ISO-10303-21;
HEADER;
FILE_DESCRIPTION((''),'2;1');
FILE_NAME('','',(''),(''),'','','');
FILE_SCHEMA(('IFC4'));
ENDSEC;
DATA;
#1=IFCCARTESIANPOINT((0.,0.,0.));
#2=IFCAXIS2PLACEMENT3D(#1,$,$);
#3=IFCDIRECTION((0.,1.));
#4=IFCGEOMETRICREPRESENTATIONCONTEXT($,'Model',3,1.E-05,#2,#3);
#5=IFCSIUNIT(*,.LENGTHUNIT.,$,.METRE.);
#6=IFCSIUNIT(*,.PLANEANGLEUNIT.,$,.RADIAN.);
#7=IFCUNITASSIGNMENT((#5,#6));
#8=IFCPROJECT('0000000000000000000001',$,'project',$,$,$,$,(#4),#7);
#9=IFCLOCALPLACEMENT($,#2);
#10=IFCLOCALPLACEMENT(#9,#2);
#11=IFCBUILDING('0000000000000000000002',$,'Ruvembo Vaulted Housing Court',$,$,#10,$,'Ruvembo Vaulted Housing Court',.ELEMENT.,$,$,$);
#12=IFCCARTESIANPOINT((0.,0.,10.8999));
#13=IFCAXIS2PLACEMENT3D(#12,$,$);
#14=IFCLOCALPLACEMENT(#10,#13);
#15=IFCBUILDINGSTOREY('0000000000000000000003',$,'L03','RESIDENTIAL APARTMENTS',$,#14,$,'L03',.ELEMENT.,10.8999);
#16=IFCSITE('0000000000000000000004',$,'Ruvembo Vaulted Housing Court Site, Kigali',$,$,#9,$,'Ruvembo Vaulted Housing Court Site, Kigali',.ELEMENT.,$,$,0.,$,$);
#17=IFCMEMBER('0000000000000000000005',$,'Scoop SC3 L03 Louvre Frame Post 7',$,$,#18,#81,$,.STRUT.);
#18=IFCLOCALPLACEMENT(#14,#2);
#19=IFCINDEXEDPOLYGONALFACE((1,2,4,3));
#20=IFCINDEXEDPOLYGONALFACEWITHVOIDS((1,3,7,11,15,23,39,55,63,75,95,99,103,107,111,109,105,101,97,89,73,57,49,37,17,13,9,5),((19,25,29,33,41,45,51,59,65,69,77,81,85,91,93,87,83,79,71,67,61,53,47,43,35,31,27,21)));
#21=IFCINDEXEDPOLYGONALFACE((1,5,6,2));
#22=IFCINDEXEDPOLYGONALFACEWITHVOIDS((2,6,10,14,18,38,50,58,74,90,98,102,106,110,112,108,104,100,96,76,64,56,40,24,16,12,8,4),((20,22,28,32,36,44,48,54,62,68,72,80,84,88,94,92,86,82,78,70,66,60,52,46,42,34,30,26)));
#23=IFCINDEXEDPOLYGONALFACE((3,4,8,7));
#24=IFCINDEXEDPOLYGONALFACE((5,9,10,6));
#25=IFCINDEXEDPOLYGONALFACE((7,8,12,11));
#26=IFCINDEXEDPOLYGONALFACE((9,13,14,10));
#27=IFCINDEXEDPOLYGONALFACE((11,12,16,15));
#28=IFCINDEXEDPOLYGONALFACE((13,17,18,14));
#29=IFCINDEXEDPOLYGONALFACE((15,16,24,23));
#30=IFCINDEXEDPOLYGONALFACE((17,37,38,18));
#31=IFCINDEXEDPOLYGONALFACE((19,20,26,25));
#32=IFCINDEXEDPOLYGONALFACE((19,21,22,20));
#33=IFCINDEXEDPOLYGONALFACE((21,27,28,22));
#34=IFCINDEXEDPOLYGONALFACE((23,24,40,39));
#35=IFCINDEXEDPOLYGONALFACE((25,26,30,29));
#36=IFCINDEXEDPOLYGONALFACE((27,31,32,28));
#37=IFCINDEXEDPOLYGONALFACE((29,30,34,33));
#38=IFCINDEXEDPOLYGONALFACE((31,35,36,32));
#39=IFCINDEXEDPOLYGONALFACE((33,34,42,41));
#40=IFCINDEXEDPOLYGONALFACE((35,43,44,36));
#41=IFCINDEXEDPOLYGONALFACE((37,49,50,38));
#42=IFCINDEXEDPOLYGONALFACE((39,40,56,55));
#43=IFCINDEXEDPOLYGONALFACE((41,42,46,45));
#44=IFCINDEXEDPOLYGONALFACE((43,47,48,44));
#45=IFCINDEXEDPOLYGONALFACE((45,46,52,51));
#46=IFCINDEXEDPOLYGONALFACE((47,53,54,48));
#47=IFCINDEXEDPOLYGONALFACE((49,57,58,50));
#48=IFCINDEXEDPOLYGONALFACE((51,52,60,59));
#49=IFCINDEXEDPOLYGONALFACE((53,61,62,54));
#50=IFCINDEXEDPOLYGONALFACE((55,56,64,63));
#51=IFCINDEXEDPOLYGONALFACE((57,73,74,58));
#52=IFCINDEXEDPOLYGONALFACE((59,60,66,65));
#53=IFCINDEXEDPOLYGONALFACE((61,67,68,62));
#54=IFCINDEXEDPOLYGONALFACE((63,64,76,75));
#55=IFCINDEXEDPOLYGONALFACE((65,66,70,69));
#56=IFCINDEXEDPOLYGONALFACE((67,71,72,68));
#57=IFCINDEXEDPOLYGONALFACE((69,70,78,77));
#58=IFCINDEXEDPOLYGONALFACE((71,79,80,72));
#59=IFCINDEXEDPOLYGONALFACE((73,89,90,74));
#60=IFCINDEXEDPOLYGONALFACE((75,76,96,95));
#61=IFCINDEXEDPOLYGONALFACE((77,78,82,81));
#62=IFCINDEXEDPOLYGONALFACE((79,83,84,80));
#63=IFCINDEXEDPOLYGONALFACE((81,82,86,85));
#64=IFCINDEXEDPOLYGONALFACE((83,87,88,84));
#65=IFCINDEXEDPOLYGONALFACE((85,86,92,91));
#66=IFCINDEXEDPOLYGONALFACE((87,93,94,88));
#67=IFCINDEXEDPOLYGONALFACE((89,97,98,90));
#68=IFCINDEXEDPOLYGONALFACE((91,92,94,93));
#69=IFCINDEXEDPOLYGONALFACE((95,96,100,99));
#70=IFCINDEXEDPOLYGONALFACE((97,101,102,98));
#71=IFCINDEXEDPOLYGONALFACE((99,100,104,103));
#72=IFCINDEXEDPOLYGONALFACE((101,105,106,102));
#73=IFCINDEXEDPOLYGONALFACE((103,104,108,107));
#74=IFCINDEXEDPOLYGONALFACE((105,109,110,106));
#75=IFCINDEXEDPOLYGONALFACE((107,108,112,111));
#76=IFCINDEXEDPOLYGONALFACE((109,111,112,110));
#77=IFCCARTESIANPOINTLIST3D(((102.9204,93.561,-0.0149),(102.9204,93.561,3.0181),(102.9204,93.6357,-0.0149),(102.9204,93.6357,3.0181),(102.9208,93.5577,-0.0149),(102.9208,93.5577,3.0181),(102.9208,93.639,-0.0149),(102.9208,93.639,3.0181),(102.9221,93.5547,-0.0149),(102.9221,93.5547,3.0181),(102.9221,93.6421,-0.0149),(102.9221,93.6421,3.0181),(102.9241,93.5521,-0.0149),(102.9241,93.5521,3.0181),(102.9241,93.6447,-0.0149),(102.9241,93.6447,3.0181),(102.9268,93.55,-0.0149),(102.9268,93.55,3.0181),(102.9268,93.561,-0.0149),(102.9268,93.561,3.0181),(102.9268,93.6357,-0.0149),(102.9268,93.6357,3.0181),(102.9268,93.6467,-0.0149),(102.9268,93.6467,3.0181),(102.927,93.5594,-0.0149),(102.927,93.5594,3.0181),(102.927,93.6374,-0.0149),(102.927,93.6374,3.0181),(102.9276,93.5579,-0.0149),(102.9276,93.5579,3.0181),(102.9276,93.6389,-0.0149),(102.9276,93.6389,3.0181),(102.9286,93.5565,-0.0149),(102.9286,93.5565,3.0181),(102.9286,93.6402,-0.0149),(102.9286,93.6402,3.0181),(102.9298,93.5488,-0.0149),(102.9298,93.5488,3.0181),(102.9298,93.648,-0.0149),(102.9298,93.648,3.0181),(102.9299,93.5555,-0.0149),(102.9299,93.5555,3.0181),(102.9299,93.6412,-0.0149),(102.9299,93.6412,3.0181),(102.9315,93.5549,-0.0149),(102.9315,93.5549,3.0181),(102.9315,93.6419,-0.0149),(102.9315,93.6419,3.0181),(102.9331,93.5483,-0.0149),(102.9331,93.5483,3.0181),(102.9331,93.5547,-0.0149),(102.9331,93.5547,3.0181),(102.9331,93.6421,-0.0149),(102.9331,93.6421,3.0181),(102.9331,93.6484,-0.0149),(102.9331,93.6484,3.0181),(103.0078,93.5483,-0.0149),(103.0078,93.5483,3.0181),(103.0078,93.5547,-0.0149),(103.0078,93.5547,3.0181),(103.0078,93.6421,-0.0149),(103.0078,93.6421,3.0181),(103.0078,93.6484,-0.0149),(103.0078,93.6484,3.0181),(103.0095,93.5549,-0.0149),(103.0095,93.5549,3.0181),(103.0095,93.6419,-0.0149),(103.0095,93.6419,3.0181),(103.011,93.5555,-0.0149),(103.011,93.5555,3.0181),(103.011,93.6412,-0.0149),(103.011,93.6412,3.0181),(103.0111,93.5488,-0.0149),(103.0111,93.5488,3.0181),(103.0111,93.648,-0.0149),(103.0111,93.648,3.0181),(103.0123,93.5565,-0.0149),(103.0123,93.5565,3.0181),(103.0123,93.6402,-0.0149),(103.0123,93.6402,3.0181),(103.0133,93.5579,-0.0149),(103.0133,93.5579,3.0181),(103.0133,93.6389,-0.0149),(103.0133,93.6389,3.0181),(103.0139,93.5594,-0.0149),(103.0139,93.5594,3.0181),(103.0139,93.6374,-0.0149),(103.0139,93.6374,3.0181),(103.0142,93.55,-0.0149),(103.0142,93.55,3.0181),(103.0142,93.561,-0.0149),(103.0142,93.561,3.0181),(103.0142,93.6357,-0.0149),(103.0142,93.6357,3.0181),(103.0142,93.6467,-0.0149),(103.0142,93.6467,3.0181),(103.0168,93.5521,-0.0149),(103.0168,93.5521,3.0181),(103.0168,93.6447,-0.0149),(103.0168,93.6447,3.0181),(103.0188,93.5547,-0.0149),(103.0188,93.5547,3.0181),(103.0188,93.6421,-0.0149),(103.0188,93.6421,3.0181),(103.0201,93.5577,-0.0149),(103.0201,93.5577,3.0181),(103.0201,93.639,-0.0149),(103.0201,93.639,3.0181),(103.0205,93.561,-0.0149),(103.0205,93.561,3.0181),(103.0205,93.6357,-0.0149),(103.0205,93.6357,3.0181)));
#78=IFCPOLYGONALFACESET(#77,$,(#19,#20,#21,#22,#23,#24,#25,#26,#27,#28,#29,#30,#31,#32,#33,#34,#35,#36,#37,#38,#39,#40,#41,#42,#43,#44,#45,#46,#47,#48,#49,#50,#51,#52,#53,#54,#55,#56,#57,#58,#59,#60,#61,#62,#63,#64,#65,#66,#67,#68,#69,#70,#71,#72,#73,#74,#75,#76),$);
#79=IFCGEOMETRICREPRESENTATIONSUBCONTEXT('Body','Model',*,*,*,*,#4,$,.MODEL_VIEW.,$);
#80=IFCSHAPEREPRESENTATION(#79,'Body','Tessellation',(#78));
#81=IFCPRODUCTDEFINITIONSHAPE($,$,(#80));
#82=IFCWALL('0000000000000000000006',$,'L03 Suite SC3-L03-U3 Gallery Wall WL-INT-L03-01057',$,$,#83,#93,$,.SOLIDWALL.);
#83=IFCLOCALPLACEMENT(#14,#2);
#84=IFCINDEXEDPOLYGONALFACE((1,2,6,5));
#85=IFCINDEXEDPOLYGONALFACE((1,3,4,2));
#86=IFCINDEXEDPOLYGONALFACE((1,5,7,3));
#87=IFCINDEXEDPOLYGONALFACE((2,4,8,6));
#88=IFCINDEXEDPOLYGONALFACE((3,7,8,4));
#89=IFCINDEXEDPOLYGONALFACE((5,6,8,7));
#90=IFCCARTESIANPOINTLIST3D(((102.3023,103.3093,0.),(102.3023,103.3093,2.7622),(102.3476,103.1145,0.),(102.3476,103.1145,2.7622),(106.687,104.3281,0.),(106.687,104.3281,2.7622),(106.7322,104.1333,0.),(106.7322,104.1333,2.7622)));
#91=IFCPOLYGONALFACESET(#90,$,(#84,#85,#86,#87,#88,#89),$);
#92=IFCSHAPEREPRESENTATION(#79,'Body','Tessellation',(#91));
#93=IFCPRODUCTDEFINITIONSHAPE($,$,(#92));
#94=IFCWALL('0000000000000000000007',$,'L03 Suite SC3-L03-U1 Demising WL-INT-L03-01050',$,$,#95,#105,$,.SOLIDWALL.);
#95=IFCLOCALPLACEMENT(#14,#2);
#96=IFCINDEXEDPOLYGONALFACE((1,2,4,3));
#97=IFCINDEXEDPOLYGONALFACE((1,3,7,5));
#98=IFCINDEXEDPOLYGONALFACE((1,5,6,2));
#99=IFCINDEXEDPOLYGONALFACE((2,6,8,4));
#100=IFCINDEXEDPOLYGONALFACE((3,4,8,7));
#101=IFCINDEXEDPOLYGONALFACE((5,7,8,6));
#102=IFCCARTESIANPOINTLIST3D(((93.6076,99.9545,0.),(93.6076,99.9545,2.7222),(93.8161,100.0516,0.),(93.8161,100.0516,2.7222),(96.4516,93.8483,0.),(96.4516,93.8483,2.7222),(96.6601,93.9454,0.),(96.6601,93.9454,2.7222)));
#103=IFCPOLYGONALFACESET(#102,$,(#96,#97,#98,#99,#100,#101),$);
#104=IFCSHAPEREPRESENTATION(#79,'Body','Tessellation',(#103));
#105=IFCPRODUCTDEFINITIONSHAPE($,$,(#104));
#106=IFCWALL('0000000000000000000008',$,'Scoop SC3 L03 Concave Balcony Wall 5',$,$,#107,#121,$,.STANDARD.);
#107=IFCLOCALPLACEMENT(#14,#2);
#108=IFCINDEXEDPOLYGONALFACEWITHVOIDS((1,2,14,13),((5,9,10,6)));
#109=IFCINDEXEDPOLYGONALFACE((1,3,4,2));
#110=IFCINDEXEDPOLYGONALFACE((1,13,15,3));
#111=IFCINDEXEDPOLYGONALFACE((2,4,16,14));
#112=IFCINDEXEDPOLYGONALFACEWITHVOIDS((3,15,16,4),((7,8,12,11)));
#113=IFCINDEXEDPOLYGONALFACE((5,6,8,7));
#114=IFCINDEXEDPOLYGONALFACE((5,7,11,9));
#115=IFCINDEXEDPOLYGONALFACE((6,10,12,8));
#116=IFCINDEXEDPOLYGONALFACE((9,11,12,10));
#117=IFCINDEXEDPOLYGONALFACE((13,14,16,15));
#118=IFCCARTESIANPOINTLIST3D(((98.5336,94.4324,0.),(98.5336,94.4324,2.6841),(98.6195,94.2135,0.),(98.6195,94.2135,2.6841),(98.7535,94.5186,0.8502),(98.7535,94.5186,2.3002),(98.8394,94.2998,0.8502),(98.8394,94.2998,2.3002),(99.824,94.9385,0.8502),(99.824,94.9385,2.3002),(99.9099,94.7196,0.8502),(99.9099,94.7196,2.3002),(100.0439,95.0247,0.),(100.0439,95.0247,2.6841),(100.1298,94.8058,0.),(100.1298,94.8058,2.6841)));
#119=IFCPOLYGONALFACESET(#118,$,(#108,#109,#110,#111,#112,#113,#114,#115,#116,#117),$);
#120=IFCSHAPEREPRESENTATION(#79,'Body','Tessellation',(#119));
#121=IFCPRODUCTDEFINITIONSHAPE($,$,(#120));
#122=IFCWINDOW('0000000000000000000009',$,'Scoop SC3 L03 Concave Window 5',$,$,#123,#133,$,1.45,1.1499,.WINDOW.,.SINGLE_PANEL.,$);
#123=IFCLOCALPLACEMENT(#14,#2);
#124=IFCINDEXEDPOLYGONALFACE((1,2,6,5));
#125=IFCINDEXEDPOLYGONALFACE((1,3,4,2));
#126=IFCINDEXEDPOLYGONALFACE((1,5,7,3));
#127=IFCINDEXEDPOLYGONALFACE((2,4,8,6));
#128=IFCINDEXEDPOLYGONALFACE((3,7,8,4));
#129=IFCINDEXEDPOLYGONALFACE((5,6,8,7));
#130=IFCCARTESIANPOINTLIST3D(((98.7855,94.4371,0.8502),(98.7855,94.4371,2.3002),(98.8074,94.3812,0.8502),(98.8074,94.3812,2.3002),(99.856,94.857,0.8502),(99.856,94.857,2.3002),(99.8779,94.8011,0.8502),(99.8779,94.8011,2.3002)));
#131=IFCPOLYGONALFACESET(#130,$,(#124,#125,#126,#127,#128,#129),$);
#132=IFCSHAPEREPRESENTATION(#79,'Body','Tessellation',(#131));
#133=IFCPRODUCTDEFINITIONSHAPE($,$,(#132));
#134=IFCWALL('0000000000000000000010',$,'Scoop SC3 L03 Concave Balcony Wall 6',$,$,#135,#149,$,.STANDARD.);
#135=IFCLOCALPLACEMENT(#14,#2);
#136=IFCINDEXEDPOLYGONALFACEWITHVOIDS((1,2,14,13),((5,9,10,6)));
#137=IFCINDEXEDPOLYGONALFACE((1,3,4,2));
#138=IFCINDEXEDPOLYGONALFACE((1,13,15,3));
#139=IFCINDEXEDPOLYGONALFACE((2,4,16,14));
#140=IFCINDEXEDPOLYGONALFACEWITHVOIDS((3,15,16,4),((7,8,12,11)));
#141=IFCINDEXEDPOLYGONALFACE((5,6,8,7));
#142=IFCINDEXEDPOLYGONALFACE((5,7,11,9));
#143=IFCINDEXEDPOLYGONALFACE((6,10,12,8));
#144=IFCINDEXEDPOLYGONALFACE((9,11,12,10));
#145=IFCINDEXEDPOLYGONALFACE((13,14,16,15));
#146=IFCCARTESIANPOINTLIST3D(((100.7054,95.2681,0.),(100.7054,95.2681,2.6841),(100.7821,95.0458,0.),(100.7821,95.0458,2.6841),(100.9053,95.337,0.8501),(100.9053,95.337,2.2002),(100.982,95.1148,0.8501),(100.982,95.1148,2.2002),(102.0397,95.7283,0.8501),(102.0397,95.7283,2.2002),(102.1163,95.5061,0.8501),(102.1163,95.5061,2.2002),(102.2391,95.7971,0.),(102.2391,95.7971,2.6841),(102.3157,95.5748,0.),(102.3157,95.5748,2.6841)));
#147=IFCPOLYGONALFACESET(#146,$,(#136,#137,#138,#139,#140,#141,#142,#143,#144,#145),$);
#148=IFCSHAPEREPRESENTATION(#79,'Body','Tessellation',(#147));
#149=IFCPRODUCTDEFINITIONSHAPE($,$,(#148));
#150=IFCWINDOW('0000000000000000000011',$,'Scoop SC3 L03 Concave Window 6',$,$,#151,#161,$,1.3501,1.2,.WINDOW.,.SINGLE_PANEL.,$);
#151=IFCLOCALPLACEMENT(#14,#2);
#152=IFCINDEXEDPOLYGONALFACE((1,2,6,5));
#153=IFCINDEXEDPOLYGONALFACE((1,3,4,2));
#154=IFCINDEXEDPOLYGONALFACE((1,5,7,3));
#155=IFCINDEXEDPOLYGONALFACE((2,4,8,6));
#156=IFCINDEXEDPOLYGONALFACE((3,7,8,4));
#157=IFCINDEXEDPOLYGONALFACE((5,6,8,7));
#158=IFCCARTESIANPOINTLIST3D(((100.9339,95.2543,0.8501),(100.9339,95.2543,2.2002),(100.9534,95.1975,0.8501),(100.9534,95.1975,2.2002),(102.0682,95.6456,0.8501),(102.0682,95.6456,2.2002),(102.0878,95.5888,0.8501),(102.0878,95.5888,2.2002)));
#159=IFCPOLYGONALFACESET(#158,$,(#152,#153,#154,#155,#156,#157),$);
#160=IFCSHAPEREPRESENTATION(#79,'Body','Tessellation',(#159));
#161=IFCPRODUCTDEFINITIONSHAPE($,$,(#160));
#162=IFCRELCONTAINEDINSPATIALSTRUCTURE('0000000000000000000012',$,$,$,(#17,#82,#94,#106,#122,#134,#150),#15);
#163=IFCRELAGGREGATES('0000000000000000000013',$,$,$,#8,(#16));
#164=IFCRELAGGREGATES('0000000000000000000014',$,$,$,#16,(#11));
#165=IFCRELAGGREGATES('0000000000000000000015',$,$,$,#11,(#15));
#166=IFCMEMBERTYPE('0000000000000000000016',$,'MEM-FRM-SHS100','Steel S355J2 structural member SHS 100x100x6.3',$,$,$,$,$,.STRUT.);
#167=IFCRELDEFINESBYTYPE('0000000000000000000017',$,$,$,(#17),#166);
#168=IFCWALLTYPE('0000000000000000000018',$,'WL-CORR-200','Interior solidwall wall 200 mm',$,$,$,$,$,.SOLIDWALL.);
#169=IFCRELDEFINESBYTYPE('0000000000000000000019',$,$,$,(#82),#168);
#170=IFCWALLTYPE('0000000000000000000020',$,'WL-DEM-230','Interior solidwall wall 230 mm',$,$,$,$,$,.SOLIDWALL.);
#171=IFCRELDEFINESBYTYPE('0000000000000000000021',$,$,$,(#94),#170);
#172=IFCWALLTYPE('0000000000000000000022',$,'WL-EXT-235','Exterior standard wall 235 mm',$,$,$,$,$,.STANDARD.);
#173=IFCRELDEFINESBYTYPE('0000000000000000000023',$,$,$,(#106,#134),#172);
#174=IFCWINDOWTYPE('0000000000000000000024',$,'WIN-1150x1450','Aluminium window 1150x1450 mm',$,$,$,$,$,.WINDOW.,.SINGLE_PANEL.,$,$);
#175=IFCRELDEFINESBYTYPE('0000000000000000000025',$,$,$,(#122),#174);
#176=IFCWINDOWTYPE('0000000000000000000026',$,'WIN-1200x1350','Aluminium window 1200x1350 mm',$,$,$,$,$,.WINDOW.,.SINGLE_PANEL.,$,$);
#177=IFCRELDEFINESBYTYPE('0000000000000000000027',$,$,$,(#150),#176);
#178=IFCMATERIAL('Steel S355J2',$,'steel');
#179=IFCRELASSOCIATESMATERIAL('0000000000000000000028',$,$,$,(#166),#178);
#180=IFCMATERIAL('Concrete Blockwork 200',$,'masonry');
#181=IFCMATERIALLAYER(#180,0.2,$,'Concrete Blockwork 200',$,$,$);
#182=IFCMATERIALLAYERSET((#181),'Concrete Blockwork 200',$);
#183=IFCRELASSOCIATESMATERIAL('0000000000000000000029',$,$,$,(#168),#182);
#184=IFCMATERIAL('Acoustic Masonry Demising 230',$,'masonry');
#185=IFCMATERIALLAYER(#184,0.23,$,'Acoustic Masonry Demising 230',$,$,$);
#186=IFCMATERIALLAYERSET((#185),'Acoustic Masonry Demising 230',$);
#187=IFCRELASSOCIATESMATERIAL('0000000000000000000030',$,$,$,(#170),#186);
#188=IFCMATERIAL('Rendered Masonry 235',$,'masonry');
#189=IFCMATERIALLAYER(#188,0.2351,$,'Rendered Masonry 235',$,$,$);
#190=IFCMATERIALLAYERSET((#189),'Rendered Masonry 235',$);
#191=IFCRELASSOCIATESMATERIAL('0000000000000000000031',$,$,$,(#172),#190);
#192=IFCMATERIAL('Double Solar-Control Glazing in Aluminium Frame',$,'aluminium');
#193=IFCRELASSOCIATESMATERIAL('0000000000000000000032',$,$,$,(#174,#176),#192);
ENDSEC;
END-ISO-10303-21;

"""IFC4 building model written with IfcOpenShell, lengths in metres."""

from ifc_helpers import new_model, si_unit, direction, frame, frame_2d, origin, origin_2d, place, context, subcontext, project, spatial, rectangle, hollow_rectangle, extrude, material, layer, layer_set, material_profile, profile_set, type_object, element, fill, save


model = new_model("IFC4")

# Units and contexts
model_context = context("Model", 3, precision=1e-05, world=origin(), true_north=direction((0.0, 1.0)))
body_context = subcontext(model_context, "Body", "Model", "MODEL_VIEW")
ifc_project = project(units=[si_unit("LENGTHUNIT", "METRE"), si_unit("PLANEANGLEUNIT", "RADIAN")], contexts=[model_context])

# Site, building, storey
site_placement = place(None, origin())
site = spatial("IfcSite", under=ifc_project, at=site_placement, Name="Ruvembo Vaulted Housing Court Site, Kigali", LongName="Ruvembo Vaulted Housing Court Site, Kigali", CompositionType="ELEMENT", RefElevation=0.0)
building_placement = place(site_placement, origin())
building = spatial("IfcBuilding", under=site, at=building_placement, Name="Ruvembo Vaulted Housing Court", LongName="Ruvembo Vaulted Housing Court", CompositionType="ELEMENT")
storey_placement = place(building_placement, frame((0.0, 0.0, 10.8999)))
storey = spatial("IfcBuildingStorey", under=building, at=storey_placement, Name="L03", Description="RESIDENTIAL APARTMENTS", LongName="L03", CompositionType="ELEMENT", Elevation=10.8999)

# Shared definitions
ifc_material_1 = material(Name="Steel S355J2", Category="steel")

# Member
ifc_material_profile_1 = material_profile(ifc_material_1, hollow_rectangle(XDim=0.1001, YDim=0.1001, WallThickness=0.0063, InnerFilletRadius=0.0063, OuterFilletRadius=0.0127, at=origin_2d()), Name="SHS 100x100x6.3")
ifc_profile_set_1 = profile_set([ifc_material_profile_1], Name="Steel S355J2")
member_type_1 = type_object("IfcMemberType", Name="MEM-FRM-SHS100", Description="Steel S355J2 structural member SHS 100x100x6.3", PredefinedType="STRUT", material=ifc_profile_set_1)
member_1_placement = place(storey_placement, frame((102.9705, 93.5984, -0.0149), z_axis=(0.0, 0.0, 1.0), x_axis=(1.0, 0.0, 0.0)))
element("IfcMember", 1, at=member_1_placement, inside=storey, type_object=member_type_1, Name="Scoop SC3 L03 Louvre Frame Post 7", PredefinedType="STRUT", context=body_context, shape_type="SweptSolid", body=[
    extrude(hollow_rectangle(XDim=0.1001, YDim=0.1001, WallThickness=0.0063, InnerFilletRadius=0.0063, OuterFilletRadius=0.0127, at=origin_2d()), origin(), (0.0, 0.0, 1.0), 3.033),
])

# Shared definitions
ifc_material_2 = material(Name="Concrete Blockwork 200", Category="masonry")
ifc_layer_1 = layer(ifc_material_2, 0.2, Name="Concrete Blockwork 200")
ifc_layer_set_1 = layer_set([ifc_layer_1], Name="Concrete Blockwork 200")
wall_type_1 = type_object("IfcWallType", Name="WL-CORR-200", Description="Interior solidwall wall 200 mm", PredefinedType="SOLIDWALL", material=ifc_layer_set_1)

# Walls
wall_1_placement = place(storey_placement, frame((102.325, 103.2119, 0.0), z_axis=(0.0, 0.0, 1.0), x_axis=(0.974053, 0.226321, 0.0)))
element("IfcWall", 2, at=wall_1_placement, inside=storey, type_object=wall_type_1, Name="L03 Suite SC3-L03-U3 Gallery Wall WL-INT-L03-01057", PredefinedType="SOLIDWALL", context=body_context, shape_type="SweptSolid", body=[
    extrude(rectangle(XDim=4.5015, YDim=0.2, at=frame_2d((2.2507, 0.0))), origin(), (0.0, 0.0, 1.0), 2.7622),
])
ifc_material_3 = material(Name="Acoustic Masonry Demising 230", Category="masonry")
ifc_layer_2 = layer(ifc_material_3, 0.23, Name="Acoustic Masonry Demising 230")
ifc_layer_set_2 = layer_set([ifc_layer_2], Name="Acoustic Masonry Demising 230")
wall_type_2 = type_object("IfcWallType", Name="WL-DEM-230", Description="Interior solidwall wall 230 mm", PredefinedType="SOLIDWALL", material=ifc_layer_set_2)
wall_2_placement = place(storey_placement, frame((96.5559, 93.8967, 0.0), z_axis=(0.0, 0.0, 1.0), x_axis=(-0.422207, 0.9065, 0.0)))
element("IfcWall", 3, at=wall_2_placement, inside=storey, type_object=wall_type_2, Name="L03 Suite SC3-L03-U1 Demising WL-INT-L03-01050", PredefinedType="SOLIDWALL", context=body_context, shape_type="SweptSolid", body=[
    extrude(rectangle(XDim=6.7361, YDim=0.23, at=frame_2d((3.3682, 0.0))), origin(), (0.0, 0.0, 1.0), 2.7222),
])

# Walls, openings, windows
ifc_material_4 = material(Name="Rendered Masonry 235", Category="masonry")
ifc_layer_3 = layer(ifc_material_4, 0.2351, Name="Rendered Masonry 235")
ifc_layer_set_3 = layer_set([ifc_layer_3], Name="Rendered Masonry 235")
wall_type_3 = type_object("IfcWallType", Name="WL-EXT-235", Description="Exterior standard wall 235 mm", PredefinedType="STANDARD", material=ifc_layer_set_3)
wall_3_placement = place(storey_placement, frame((98.5767, 94.323, 0.0), z_axis=(0.0, 0.0, 1.0), x_axis=(0.930967, 0.365103, 0.0)))
wall_3 = element("IfcWall", 4, at=wall_3_placement, inside=storey, type_object=wall_type_3, Name="Scoop SC3 L03 Concave Balcony Wall 5", PredefinedType="STANDARD", context=body_context, shape_type="SweptSolid", body=[
    extrude(rectangle(XDim=1.6223, YDim=0.2351, at=frame_2d((0.811, 0.0))), origin(), (0.0, 0.0, 1.0), 2.6841),
])
opening_1_placement = place(wall_3_placement, frame((0.2361, 0.0, 0.8501)))
opening_1 = element("IfcOpeningElement", 5, at=opening_1_placement, cuts=wall_3, PredefinedType="OPENING", context=body_context, shape_type="SweptSolid", body=[
    extrude(rectangle(XDim=1.1499, YDim=1.45, at=frame_2d((0.575, 0.7251))), frame((0.0, 0.1274, 0.0), z_axis=(0.0, -1.0, 0.0), x_axis=(1.0, 0.0, 0.0)), (0.0, 0.0, 1.0), 0.2551),
])
ifc_material_5 = material(Name="Double Solar-Control Glazing in Aluminium Frame", Category="aluminium")
window_type_1 = type_object("IfcWindowType", Name="WIN-1150x1450", Description="Aluminium window 1150x1450 mm", PartitioningType="SINGLE_PANEL", PredefinedType="WINDOW", material=ifc_material_5)
window_1_placement = place(opening_1_placement, origin())
window_1 = element("IfcWindow", 6, at=window_1_placement, inside=storey, type_object=window_type_1, Name="Scoop SC3 L03 Concave Window 5", OverallHeight=1.45, OverallWidth=1.1499, PartitioningType="SINGLE_PANEL", PredefinedType="WINDOW", context=body_context, shape_type="SweptSolid", body=[
    extrude(rectangle(XDim=1.1499, YDim=1.45, at=frame_2d((0.575, 0.7251))), frame((0.0, 0.03, 0.0), z_axis=(0.0, -1.0, 0.0), x_axis=(1.0, 0.0, 0.0)), (0.0, 0.0, 1.0), 0.0601),
])
fill(opening_1, window_1)
wall_4_placement = place(storey_placement, frame((100.7439, 95.157, 0.0), z_axis=(0.0, 0.0, 1.0), x_axis=(0.945336, 0.326097, 0.0)))
wall_4 = element("IfcWall", 7, at=wall_4_placement, inside=storey, type_object=wall_type_3, Name="Scoop SC3 L03 Concave Balcony Wall 6", PredefinedType="STANDARD", context=body_context, shape_type="SweptSolid", body=[
    extrude(rectangle(XDim=1.6223, YDim=0.2351, at=frame_2d((0.811, 0.0))), origin(), (0.0, 0.0, 1.0), 2.6841),
])
opening_2_placement = place(wall_4_placement, frame((0.2112, 0.0, 0.8501)))
opening_2 = element("IfcOpeningElement", 8, at=opening_2_placement, cuts=wall_4, PredefinedType="OPENING", context=body_context, shape_type="SweptSolid", body=[
    extrude(rectangle(XDim=1.2, YDim=1.3501, at=frame_2d((0.6001, 0.675))), frame((0.0, 0.1274, 0.0), z_axis=(0.0, -1.0, 0.0), x_axis=(1.0, 0.0, 0.0)), (0.0, 0.0, 1.0), 0.2551),
])
window_type_2 = type_object("IfcWindowType", Name="WIN-1200x1350", Description="Aluminium window 1200x1350 mm", PartitioningType="SINGLE_PANEL", PredefinedType="WINDOW", material=ifc_material_5)
window_2_placement = place(opening_2_placement, origin())
window_2 = element("IfcWindow", 9, at=window_2_placement, inside=storey, type_object=window_type_2, Name="Scoop SC3 L03 Concave Window 6", OverallHeight=1.3501, OverallWidth=1.2, PartitioningType="SINGLE_PANEL", PredefinedType="WINDOW", context=body_context, shape_type="SweptSolid", body=[
    extrude(rectangle(XDim=1.2, YDim=1.3501, at=frame_2d((0.6001, 0.675))), frame((0.0, 0.03, 0.0), z_axis=(0.0, -1.0, 0.0), x_axis=(1.0, 0.0, 0.0)), (0.0, 0.0, 1.0), 0.0601),
])
fill(opening_2, window_2)

save(model, "model.ifc")
